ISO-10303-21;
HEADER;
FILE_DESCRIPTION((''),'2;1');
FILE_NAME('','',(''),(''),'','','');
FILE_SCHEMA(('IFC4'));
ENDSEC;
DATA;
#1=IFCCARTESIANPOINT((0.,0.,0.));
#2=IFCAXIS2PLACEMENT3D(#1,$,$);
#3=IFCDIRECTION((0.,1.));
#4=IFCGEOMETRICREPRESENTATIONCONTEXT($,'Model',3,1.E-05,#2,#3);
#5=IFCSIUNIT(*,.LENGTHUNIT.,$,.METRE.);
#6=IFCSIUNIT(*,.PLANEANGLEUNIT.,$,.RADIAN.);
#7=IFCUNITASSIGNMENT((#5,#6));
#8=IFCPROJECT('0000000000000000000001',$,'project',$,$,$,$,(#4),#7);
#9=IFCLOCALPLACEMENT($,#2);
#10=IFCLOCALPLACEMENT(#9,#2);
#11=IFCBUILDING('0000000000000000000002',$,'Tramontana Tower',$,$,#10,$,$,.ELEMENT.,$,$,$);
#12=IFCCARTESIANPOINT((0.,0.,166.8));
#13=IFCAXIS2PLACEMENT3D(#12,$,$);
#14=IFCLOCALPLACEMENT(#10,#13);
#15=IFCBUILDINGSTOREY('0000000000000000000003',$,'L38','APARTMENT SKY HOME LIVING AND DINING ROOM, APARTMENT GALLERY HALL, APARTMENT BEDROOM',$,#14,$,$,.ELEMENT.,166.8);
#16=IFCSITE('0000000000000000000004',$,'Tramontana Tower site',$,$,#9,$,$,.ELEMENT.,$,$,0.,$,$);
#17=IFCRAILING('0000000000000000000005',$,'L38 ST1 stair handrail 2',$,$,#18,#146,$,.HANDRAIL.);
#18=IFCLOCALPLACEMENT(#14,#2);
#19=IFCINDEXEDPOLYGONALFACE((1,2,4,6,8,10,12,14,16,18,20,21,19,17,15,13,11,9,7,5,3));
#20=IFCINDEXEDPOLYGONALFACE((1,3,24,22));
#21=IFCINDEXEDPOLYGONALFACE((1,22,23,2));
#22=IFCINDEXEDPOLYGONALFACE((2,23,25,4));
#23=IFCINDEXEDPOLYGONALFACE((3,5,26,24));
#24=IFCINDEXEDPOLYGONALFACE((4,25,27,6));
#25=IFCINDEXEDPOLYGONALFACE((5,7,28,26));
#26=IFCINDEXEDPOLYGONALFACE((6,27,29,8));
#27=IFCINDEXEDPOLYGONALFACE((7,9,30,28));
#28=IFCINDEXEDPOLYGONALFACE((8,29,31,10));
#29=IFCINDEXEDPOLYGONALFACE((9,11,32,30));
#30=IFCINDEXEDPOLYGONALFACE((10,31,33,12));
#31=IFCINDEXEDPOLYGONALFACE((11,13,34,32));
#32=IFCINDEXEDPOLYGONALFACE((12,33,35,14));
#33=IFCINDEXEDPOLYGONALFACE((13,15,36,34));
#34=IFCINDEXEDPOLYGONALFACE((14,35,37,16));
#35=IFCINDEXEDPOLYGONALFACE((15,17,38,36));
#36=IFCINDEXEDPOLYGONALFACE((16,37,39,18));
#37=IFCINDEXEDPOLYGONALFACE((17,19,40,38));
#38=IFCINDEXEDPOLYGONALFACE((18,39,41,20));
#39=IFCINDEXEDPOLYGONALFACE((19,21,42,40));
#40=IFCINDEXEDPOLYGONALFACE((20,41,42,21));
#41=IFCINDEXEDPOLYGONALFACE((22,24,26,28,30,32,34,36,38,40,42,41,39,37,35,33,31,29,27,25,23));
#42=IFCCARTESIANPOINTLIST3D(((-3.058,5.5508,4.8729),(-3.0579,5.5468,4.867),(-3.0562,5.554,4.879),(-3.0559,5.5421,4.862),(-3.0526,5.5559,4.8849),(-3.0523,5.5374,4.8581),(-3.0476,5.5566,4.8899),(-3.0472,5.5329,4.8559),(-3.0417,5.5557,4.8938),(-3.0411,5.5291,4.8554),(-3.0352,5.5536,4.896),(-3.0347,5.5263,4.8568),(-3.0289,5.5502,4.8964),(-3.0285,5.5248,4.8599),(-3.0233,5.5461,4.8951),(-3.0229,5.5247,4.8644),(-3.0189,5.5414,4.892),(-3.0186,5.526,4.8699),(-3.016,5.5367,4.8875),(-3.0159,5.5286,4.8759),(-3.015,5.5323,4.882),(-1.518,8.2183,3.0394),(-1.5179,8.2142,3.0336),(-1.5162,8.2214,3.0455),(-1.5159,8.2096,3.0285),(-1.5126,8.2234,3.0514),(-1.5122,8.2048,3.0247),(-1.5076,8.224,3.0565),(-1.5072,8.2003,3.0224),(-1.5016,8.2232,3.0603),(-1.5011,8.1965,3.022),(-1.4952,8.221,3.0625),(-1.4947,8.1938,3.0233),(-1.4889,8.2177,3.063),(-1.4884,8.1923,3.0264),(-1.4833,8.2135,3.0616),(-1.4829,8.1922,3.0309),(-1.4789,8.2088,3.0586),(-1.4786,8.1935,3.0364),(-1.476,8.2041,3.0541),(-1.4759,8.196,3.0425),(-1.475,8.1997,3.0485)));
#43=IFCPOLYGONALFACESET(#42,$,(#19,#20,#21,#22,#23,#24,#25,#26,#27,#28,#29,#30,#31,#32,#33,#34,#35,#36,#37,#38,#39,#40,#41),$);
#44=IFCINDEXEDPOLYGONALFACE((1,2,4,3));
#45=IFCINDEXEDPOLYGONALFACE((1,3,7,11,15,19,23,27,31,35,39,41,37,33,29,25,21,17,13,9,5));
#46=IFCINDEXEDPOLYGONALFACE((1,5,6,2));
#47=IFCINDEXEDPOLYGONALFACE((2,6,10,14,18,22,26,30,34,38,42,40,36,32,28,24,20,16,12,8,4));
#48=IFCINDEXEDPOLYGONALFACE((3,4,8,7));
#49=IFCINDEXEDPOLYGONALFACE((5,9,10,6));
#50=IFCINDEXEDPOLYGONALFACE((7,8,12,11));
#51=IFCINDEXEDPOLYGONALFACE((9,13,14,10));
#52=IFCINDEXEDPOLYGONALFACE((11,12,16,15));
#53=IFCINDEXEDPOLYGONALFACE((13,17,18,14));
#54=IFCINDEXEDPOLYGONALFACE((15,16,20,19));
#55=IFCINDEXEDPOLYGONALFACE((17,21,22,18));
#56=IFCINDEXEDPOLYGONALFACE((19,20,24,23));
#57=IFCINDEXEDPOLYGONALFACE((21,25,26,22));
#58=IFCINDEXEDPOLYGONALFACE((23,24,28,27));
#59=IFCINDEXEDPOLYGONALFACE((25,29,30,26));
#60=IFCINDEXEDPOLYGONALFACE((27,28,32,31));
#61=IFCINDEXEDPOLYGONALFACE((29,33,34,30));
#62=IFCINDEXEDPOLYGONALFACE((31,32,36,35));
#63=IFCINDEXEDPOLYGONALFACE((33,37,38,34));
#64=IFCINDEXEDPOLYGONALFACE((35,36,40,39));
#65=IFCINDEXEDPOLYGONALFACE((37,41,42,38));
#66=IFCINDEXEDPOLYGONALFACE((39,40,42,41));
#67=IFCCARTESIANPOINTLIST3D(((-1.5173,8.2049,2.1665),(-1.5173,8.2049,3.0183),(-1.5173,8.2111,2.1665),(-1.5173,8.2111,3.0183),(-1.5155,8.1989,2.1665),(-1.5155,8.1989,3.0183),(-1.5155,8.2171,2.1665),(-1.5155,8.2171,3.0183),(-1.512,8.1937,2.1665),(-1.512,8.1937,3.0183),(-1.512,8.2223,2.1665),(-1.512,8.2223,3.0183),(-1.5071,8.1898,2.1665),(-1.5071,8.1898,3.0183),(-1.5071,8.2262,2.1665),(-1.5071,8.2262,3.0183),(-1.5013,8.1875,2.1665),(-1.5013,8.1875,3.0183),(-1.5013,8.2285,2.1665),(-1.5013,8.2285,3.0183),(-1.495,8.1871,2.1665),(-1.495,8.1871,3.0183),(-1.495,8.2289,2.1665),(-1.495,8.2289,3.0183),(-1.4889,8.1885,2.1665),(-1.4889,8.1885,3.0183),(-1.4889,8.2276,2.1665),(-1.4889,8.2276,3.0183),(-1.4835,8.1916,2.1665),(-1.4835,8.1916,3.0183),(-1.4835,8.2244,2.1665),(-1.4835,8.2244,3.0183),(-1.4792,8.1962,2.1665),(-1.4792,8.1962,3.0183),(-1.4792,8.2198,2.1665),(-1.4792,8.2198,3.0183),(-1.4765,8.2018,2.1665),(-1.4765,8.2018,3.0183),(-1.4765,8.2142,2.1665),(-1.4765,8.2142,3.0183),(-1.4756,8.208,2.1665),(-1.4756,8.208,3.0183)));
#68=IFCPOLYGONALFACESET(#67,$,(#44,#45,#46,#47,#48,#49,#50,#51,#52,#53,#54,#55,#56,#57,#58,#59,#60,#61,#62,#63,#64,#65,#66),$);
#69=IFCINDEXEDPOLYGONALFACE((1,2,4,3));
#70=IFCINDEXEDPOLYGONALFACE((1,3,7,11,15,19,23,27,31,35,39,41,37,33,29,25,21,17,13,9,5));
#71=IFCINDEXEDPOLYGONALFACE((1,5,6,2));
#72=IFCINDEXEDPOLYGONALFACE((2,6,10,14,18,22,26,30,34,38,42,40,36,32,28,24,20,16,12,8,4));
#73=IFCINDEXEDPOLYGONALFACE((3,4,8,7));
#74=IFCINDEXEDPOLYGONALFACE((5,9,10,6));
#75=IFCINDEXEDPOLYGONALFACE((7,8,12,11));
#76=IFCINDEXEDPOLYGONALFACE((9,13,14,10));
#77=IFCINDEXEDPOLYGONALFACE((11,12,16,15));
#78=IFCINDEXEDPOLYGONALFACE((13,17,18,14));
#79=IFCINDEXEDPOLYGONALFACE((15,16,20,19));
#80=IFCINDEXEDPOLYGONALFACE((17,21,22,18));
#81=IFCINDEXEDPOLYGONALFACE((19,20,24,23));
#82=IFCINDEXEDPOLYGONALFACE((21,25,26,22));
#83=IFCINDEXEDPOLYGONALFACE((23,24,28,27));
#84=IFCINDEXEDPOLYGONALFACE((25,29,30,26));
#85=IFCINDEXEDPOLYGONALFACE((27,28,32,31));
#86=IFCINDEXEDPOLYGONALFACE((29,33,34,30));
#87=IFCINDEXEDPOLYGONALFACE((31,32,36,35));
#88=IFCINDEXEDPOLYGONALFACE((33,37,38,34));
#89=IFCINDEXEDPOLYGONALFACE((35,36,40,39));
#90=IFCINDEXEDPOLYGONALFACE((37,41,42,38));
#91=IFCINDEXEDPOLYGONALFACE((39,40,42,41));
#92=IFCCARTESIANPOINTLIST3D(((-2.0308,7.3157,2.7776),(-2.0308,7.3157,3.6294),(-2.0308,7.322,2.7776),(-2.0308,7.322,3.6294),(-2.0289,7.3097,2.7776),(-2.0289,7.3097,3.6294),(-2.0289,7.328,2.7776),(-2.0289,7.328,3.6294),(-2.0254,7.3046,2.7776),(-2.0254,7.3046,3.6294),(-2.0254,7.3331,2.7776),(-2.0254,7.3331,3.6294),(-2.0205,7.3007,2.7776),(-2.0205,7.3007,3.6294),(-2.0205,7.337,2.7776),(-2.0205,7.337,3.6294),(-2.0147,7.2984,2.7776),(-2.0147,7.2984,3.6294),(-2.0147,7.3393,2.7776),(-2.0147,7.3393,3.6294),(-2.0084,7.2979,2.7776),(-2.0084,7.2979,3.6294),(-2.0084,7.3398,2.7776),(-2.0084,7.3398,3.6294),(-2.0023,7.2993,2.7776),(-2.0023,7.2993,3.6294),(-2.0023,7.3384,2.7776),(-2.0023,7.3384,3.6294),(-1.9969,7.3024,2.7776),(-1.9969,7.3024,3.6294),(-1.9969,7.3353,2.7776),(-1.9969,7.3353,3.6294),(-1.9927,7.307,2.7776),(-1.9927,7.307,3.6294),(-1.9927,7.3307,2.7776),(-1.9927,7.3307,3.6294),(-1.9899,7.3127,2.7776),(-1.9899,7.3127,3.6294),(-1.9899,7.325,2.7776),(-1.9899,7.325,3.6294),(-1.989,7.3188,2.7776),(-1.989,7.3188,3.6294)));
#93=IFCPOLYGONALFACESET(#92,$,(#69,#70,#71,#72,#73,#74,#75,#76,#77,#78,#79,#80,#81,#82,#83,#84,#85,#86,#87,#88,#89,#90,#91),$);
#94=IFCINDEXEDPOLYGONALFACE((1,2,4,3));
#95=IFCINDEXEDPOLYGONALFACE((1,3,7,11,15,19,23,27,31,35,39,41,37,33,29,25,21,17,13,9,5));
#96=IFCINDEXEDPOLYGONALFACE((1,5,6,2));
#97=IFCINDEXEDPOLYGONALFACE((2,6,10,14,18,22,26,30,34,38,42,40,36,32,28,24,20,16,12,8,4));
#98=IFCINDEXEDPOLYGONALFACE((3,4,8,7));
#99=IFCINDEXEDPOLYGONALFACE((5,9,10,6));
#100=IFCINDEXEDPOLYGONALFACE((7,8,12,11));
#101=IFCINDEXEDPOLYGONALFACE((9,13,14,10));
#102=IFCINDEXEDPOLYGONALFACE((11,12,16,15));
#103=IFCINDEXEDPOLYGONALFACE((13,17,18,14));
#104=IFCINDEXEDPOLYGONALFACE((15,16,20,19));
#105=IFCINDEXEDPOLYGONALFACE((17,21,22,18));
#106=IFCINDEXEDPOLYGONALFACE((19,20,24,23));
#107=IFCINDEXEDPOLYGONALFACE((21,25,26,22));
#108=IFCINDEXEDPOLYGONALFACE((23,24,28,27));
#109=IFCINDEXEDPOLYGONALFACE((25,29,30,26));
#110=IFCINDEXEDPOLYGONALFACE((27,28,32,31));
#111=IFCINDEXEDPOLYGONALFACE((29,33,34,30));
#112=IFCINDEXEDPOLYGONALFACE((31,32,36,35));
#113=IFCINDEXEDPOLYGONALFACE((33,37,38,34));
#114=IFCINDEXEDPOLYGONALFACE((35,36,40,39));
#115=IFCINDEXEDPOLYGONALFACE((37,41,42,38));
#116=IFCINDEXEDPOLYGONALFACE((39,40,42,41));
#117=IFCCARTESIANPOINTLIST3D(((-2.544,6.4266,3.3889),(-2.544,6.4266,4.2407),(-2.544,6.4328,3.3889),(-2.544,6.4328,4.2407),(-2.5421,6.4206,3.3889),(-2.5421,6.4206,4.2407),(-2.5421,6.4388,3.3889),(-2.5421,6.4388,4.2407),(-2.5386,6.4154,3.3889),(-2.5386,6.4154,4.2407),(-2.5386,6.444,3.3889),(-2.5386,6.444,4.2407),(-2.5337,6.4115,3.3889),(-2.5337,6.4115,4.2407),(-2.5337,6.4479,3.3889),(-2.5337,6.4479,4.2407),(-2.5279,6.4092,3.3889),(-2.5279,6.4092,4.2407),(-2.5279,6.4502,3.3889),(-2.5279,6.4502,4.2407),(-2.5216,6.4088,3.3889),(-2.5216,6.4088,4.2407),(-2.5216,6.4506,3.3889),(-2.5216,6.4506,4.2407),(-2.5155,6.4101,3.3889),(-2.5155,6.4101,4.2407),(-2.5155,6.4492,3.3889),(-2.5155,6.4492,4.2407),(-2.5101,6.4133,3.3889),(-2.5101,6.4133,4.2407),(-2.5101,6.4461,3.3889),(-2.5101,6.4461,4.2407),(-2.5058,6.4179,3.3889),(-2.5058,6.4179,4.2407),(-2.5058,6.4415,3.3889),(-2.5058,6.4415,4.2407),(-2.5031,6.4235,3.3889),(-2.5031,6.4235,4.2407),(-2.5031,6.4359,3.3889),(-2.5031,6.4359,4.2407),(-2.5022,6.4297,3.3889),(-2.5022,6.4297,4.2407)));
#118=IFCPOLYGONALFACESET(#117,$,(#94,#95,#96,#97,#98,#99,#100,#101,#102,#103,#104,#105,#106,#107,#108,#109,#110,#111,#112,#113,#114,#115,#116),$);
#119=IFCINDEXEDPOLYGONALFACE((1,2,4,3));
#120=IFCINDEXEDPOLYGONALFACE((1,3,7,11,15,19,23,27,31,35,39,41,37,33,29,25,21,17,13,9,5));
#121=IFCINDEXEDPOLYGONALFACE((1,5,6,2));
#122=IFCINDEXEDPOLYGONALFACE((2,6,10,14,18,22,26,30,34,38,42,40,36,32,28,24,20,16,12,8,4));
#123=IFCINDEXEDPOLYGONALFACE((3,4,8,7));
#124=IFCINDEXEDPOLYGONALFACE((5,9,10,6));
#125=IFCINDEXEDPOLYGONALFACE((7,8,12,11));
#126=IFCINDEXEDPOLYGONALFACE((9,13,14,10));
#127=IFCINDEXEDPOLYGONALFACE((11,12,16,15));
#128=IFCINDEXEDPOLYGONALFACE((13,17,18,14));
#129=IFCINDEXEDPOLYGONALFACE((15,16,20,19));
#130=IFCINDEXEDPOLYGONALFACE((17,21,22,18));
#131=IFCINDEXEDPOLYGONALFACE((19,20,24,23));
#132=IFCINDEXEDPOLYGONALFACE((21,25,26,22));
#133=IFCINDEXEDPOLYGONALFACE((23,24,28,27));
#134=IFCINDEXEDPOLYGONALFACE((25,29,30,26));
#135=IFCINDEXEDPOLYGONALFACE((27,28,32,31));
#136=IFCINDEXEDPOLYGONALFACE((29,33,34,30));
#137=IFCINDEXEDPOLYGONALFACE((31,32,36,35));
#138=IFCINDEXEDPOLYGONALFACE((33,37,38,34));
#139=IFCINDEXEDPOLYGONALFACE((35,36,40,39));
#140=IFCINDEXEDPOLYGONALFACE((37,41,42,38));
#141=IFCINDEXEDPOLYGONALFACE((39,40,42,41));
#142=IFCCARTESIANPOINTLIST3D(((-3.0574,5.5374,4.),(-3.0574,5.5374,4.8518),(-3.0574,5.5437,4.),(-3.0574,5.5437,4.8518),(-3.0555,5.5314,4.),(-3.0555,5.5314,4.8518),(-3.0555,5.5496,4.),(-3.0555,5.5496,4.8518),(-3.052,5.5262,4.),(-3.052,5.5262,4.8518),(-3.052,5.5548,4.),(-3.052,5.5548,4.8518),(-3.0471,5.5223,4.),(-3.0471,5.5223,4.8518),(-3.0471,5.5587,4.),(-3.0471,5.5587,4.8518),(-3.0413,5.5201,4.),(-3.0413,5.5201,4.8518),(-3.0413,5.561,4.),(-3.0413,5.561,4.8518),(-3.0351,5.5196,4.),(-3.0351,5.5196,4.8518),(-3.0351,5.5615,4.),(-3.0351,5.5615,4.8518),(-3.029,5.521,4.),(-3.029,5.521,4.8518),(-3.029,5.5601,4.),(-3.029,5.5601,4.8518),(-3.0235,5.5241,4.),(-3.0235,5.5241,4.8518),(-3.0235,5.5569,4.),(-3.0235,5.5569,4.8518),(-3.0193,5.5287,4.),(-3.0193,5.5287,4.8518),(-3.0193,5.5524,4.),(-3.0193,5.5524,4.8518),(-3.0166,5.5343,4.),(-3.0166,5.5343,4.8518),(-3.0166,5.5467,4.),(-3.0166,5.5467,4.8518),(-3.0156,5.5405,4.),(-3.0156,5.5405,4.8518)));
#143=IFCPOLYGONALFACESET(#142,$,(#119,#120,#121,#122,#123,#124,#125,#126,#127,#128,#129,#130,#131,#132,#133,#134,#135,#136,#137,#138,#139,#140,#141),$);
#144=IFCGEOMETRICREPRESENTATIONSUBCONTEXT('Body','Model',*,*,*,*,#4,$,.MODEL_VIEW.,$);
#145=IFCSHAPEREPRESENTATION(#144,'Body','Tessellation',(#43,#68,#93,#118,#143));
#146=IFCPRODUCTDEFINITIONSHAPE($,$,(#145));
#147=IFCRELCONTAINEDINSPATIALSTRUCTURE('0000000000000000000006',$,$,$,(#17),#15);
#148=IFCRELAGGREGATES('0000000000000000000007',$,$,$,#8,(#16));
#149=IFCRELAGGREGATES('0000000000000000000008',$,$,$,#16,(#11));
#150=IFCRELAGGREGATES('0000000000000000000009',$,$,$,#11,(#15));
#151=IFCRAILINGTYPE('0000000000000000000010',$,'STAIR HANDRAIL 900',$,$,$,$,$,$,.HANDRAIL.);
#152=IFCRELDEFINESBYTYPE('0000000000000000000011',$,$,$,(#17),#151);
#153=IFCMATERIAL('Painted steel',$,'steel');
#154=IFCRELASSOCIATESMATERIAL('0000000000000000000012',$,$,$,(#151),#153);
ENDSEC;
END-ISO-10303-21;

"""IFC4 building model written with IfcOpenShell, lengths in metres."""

from ifc_helpers import new_model, si_unit, direction, frame, origin, origin_2d, place, context, subcontext, project, spatial, circle, extrude, material, type_object, element, save


model = new_model("IFC4")

# Units and contexts
model_context = context("Model", 3, precision=1e-05, world=origin(), true_north=direction((0.0, 1.0)))
body_context = subcontext(model_context, "Body", "Model", "MODEL_VIEW")
ifc_project = project(units=[si_unit("LENGTHUNIT", "METRE"), si_unit("PLANEANGLEUNIT", "RADIAN")], contexts=[model_context])

# Site, building, storey
site_placement = place(None, origin())
site = spatial("IfcSite", under=ifc_project, at=site_placement, Name="Tramontana Tower site", CompositionType="ELEMENT", RefElevation=0.0)
building_placement = place(site_placement, origin())
building = spatial("IfcBuilding", under=site, at=building_placement, Name="Tramontana Tower", CompositionType="ELEMENT")
storey_placement = place(building_placement, frame((0.0, 0.0, 166.8)))
storey = spatial("IfcBuildingStorey", under=building, at=storey_placement, Name="L38", Description="APARTMENT SKY HOME LIVING AND DINING ROOM, APARTMENT GALLERY HALL, APARTMENT BEDROOM", CompositionType="ELEMENT", Elevation=166.8)

# Railing
ifc_material_1 = material(Name="Painted steel", Category="steel")
railing_type_1 = type_object("IfcRailingType", Name="STAIR HANDRAIL 900", PredefinedType="HANDRAIL", material=ifc_material_1)
railing_1_placement = place(storey_placement, frame((-1.4966, 8.208, 2.1665)))
element("IfcRailing", 1, at=railing_1_placement, inside=storey, type_object=railing_type_1, Name="L38 ST1 stair handrail 2", PredefinedType="HANDRAIL", context=body_context, shape_type="SweptSolid", body=[
    extrude(circle(Radius=0.0239, at=origin_2d()), frame((0.0, 0.0, 0.876), z_axis=(-0.429634, -0.744164, 0.511502), x_axis=(0.86603, -0.499992, 0.0)), (0.0, 0.0, 1.0), 3.5845),
    extrude(circle(Radius=0.021, at=origin_2d()), origin(), (0.0, 0.0, 1.0), 0.8518),
    extrude(circle(Radius=0.021, at=origin_2d()), frame((-0.5134, -0.8892, 0.6111)), (0.0, 0.0, 1.0), 0.8518),
    extrude(circle(Radius=0.021, at=origin_2d()), frame((-1.0266, -1.7783, 1.2224)), (0.0, 0.0, 1.0), 0.8518),
    extrude(circle(Radius=0.021, at=origin_2d()), frame((-1.54, -2.6675, 1.8335)), (0.0, 0.0, 1.0), 0.8518),
])

save(model, "model.ifc")
